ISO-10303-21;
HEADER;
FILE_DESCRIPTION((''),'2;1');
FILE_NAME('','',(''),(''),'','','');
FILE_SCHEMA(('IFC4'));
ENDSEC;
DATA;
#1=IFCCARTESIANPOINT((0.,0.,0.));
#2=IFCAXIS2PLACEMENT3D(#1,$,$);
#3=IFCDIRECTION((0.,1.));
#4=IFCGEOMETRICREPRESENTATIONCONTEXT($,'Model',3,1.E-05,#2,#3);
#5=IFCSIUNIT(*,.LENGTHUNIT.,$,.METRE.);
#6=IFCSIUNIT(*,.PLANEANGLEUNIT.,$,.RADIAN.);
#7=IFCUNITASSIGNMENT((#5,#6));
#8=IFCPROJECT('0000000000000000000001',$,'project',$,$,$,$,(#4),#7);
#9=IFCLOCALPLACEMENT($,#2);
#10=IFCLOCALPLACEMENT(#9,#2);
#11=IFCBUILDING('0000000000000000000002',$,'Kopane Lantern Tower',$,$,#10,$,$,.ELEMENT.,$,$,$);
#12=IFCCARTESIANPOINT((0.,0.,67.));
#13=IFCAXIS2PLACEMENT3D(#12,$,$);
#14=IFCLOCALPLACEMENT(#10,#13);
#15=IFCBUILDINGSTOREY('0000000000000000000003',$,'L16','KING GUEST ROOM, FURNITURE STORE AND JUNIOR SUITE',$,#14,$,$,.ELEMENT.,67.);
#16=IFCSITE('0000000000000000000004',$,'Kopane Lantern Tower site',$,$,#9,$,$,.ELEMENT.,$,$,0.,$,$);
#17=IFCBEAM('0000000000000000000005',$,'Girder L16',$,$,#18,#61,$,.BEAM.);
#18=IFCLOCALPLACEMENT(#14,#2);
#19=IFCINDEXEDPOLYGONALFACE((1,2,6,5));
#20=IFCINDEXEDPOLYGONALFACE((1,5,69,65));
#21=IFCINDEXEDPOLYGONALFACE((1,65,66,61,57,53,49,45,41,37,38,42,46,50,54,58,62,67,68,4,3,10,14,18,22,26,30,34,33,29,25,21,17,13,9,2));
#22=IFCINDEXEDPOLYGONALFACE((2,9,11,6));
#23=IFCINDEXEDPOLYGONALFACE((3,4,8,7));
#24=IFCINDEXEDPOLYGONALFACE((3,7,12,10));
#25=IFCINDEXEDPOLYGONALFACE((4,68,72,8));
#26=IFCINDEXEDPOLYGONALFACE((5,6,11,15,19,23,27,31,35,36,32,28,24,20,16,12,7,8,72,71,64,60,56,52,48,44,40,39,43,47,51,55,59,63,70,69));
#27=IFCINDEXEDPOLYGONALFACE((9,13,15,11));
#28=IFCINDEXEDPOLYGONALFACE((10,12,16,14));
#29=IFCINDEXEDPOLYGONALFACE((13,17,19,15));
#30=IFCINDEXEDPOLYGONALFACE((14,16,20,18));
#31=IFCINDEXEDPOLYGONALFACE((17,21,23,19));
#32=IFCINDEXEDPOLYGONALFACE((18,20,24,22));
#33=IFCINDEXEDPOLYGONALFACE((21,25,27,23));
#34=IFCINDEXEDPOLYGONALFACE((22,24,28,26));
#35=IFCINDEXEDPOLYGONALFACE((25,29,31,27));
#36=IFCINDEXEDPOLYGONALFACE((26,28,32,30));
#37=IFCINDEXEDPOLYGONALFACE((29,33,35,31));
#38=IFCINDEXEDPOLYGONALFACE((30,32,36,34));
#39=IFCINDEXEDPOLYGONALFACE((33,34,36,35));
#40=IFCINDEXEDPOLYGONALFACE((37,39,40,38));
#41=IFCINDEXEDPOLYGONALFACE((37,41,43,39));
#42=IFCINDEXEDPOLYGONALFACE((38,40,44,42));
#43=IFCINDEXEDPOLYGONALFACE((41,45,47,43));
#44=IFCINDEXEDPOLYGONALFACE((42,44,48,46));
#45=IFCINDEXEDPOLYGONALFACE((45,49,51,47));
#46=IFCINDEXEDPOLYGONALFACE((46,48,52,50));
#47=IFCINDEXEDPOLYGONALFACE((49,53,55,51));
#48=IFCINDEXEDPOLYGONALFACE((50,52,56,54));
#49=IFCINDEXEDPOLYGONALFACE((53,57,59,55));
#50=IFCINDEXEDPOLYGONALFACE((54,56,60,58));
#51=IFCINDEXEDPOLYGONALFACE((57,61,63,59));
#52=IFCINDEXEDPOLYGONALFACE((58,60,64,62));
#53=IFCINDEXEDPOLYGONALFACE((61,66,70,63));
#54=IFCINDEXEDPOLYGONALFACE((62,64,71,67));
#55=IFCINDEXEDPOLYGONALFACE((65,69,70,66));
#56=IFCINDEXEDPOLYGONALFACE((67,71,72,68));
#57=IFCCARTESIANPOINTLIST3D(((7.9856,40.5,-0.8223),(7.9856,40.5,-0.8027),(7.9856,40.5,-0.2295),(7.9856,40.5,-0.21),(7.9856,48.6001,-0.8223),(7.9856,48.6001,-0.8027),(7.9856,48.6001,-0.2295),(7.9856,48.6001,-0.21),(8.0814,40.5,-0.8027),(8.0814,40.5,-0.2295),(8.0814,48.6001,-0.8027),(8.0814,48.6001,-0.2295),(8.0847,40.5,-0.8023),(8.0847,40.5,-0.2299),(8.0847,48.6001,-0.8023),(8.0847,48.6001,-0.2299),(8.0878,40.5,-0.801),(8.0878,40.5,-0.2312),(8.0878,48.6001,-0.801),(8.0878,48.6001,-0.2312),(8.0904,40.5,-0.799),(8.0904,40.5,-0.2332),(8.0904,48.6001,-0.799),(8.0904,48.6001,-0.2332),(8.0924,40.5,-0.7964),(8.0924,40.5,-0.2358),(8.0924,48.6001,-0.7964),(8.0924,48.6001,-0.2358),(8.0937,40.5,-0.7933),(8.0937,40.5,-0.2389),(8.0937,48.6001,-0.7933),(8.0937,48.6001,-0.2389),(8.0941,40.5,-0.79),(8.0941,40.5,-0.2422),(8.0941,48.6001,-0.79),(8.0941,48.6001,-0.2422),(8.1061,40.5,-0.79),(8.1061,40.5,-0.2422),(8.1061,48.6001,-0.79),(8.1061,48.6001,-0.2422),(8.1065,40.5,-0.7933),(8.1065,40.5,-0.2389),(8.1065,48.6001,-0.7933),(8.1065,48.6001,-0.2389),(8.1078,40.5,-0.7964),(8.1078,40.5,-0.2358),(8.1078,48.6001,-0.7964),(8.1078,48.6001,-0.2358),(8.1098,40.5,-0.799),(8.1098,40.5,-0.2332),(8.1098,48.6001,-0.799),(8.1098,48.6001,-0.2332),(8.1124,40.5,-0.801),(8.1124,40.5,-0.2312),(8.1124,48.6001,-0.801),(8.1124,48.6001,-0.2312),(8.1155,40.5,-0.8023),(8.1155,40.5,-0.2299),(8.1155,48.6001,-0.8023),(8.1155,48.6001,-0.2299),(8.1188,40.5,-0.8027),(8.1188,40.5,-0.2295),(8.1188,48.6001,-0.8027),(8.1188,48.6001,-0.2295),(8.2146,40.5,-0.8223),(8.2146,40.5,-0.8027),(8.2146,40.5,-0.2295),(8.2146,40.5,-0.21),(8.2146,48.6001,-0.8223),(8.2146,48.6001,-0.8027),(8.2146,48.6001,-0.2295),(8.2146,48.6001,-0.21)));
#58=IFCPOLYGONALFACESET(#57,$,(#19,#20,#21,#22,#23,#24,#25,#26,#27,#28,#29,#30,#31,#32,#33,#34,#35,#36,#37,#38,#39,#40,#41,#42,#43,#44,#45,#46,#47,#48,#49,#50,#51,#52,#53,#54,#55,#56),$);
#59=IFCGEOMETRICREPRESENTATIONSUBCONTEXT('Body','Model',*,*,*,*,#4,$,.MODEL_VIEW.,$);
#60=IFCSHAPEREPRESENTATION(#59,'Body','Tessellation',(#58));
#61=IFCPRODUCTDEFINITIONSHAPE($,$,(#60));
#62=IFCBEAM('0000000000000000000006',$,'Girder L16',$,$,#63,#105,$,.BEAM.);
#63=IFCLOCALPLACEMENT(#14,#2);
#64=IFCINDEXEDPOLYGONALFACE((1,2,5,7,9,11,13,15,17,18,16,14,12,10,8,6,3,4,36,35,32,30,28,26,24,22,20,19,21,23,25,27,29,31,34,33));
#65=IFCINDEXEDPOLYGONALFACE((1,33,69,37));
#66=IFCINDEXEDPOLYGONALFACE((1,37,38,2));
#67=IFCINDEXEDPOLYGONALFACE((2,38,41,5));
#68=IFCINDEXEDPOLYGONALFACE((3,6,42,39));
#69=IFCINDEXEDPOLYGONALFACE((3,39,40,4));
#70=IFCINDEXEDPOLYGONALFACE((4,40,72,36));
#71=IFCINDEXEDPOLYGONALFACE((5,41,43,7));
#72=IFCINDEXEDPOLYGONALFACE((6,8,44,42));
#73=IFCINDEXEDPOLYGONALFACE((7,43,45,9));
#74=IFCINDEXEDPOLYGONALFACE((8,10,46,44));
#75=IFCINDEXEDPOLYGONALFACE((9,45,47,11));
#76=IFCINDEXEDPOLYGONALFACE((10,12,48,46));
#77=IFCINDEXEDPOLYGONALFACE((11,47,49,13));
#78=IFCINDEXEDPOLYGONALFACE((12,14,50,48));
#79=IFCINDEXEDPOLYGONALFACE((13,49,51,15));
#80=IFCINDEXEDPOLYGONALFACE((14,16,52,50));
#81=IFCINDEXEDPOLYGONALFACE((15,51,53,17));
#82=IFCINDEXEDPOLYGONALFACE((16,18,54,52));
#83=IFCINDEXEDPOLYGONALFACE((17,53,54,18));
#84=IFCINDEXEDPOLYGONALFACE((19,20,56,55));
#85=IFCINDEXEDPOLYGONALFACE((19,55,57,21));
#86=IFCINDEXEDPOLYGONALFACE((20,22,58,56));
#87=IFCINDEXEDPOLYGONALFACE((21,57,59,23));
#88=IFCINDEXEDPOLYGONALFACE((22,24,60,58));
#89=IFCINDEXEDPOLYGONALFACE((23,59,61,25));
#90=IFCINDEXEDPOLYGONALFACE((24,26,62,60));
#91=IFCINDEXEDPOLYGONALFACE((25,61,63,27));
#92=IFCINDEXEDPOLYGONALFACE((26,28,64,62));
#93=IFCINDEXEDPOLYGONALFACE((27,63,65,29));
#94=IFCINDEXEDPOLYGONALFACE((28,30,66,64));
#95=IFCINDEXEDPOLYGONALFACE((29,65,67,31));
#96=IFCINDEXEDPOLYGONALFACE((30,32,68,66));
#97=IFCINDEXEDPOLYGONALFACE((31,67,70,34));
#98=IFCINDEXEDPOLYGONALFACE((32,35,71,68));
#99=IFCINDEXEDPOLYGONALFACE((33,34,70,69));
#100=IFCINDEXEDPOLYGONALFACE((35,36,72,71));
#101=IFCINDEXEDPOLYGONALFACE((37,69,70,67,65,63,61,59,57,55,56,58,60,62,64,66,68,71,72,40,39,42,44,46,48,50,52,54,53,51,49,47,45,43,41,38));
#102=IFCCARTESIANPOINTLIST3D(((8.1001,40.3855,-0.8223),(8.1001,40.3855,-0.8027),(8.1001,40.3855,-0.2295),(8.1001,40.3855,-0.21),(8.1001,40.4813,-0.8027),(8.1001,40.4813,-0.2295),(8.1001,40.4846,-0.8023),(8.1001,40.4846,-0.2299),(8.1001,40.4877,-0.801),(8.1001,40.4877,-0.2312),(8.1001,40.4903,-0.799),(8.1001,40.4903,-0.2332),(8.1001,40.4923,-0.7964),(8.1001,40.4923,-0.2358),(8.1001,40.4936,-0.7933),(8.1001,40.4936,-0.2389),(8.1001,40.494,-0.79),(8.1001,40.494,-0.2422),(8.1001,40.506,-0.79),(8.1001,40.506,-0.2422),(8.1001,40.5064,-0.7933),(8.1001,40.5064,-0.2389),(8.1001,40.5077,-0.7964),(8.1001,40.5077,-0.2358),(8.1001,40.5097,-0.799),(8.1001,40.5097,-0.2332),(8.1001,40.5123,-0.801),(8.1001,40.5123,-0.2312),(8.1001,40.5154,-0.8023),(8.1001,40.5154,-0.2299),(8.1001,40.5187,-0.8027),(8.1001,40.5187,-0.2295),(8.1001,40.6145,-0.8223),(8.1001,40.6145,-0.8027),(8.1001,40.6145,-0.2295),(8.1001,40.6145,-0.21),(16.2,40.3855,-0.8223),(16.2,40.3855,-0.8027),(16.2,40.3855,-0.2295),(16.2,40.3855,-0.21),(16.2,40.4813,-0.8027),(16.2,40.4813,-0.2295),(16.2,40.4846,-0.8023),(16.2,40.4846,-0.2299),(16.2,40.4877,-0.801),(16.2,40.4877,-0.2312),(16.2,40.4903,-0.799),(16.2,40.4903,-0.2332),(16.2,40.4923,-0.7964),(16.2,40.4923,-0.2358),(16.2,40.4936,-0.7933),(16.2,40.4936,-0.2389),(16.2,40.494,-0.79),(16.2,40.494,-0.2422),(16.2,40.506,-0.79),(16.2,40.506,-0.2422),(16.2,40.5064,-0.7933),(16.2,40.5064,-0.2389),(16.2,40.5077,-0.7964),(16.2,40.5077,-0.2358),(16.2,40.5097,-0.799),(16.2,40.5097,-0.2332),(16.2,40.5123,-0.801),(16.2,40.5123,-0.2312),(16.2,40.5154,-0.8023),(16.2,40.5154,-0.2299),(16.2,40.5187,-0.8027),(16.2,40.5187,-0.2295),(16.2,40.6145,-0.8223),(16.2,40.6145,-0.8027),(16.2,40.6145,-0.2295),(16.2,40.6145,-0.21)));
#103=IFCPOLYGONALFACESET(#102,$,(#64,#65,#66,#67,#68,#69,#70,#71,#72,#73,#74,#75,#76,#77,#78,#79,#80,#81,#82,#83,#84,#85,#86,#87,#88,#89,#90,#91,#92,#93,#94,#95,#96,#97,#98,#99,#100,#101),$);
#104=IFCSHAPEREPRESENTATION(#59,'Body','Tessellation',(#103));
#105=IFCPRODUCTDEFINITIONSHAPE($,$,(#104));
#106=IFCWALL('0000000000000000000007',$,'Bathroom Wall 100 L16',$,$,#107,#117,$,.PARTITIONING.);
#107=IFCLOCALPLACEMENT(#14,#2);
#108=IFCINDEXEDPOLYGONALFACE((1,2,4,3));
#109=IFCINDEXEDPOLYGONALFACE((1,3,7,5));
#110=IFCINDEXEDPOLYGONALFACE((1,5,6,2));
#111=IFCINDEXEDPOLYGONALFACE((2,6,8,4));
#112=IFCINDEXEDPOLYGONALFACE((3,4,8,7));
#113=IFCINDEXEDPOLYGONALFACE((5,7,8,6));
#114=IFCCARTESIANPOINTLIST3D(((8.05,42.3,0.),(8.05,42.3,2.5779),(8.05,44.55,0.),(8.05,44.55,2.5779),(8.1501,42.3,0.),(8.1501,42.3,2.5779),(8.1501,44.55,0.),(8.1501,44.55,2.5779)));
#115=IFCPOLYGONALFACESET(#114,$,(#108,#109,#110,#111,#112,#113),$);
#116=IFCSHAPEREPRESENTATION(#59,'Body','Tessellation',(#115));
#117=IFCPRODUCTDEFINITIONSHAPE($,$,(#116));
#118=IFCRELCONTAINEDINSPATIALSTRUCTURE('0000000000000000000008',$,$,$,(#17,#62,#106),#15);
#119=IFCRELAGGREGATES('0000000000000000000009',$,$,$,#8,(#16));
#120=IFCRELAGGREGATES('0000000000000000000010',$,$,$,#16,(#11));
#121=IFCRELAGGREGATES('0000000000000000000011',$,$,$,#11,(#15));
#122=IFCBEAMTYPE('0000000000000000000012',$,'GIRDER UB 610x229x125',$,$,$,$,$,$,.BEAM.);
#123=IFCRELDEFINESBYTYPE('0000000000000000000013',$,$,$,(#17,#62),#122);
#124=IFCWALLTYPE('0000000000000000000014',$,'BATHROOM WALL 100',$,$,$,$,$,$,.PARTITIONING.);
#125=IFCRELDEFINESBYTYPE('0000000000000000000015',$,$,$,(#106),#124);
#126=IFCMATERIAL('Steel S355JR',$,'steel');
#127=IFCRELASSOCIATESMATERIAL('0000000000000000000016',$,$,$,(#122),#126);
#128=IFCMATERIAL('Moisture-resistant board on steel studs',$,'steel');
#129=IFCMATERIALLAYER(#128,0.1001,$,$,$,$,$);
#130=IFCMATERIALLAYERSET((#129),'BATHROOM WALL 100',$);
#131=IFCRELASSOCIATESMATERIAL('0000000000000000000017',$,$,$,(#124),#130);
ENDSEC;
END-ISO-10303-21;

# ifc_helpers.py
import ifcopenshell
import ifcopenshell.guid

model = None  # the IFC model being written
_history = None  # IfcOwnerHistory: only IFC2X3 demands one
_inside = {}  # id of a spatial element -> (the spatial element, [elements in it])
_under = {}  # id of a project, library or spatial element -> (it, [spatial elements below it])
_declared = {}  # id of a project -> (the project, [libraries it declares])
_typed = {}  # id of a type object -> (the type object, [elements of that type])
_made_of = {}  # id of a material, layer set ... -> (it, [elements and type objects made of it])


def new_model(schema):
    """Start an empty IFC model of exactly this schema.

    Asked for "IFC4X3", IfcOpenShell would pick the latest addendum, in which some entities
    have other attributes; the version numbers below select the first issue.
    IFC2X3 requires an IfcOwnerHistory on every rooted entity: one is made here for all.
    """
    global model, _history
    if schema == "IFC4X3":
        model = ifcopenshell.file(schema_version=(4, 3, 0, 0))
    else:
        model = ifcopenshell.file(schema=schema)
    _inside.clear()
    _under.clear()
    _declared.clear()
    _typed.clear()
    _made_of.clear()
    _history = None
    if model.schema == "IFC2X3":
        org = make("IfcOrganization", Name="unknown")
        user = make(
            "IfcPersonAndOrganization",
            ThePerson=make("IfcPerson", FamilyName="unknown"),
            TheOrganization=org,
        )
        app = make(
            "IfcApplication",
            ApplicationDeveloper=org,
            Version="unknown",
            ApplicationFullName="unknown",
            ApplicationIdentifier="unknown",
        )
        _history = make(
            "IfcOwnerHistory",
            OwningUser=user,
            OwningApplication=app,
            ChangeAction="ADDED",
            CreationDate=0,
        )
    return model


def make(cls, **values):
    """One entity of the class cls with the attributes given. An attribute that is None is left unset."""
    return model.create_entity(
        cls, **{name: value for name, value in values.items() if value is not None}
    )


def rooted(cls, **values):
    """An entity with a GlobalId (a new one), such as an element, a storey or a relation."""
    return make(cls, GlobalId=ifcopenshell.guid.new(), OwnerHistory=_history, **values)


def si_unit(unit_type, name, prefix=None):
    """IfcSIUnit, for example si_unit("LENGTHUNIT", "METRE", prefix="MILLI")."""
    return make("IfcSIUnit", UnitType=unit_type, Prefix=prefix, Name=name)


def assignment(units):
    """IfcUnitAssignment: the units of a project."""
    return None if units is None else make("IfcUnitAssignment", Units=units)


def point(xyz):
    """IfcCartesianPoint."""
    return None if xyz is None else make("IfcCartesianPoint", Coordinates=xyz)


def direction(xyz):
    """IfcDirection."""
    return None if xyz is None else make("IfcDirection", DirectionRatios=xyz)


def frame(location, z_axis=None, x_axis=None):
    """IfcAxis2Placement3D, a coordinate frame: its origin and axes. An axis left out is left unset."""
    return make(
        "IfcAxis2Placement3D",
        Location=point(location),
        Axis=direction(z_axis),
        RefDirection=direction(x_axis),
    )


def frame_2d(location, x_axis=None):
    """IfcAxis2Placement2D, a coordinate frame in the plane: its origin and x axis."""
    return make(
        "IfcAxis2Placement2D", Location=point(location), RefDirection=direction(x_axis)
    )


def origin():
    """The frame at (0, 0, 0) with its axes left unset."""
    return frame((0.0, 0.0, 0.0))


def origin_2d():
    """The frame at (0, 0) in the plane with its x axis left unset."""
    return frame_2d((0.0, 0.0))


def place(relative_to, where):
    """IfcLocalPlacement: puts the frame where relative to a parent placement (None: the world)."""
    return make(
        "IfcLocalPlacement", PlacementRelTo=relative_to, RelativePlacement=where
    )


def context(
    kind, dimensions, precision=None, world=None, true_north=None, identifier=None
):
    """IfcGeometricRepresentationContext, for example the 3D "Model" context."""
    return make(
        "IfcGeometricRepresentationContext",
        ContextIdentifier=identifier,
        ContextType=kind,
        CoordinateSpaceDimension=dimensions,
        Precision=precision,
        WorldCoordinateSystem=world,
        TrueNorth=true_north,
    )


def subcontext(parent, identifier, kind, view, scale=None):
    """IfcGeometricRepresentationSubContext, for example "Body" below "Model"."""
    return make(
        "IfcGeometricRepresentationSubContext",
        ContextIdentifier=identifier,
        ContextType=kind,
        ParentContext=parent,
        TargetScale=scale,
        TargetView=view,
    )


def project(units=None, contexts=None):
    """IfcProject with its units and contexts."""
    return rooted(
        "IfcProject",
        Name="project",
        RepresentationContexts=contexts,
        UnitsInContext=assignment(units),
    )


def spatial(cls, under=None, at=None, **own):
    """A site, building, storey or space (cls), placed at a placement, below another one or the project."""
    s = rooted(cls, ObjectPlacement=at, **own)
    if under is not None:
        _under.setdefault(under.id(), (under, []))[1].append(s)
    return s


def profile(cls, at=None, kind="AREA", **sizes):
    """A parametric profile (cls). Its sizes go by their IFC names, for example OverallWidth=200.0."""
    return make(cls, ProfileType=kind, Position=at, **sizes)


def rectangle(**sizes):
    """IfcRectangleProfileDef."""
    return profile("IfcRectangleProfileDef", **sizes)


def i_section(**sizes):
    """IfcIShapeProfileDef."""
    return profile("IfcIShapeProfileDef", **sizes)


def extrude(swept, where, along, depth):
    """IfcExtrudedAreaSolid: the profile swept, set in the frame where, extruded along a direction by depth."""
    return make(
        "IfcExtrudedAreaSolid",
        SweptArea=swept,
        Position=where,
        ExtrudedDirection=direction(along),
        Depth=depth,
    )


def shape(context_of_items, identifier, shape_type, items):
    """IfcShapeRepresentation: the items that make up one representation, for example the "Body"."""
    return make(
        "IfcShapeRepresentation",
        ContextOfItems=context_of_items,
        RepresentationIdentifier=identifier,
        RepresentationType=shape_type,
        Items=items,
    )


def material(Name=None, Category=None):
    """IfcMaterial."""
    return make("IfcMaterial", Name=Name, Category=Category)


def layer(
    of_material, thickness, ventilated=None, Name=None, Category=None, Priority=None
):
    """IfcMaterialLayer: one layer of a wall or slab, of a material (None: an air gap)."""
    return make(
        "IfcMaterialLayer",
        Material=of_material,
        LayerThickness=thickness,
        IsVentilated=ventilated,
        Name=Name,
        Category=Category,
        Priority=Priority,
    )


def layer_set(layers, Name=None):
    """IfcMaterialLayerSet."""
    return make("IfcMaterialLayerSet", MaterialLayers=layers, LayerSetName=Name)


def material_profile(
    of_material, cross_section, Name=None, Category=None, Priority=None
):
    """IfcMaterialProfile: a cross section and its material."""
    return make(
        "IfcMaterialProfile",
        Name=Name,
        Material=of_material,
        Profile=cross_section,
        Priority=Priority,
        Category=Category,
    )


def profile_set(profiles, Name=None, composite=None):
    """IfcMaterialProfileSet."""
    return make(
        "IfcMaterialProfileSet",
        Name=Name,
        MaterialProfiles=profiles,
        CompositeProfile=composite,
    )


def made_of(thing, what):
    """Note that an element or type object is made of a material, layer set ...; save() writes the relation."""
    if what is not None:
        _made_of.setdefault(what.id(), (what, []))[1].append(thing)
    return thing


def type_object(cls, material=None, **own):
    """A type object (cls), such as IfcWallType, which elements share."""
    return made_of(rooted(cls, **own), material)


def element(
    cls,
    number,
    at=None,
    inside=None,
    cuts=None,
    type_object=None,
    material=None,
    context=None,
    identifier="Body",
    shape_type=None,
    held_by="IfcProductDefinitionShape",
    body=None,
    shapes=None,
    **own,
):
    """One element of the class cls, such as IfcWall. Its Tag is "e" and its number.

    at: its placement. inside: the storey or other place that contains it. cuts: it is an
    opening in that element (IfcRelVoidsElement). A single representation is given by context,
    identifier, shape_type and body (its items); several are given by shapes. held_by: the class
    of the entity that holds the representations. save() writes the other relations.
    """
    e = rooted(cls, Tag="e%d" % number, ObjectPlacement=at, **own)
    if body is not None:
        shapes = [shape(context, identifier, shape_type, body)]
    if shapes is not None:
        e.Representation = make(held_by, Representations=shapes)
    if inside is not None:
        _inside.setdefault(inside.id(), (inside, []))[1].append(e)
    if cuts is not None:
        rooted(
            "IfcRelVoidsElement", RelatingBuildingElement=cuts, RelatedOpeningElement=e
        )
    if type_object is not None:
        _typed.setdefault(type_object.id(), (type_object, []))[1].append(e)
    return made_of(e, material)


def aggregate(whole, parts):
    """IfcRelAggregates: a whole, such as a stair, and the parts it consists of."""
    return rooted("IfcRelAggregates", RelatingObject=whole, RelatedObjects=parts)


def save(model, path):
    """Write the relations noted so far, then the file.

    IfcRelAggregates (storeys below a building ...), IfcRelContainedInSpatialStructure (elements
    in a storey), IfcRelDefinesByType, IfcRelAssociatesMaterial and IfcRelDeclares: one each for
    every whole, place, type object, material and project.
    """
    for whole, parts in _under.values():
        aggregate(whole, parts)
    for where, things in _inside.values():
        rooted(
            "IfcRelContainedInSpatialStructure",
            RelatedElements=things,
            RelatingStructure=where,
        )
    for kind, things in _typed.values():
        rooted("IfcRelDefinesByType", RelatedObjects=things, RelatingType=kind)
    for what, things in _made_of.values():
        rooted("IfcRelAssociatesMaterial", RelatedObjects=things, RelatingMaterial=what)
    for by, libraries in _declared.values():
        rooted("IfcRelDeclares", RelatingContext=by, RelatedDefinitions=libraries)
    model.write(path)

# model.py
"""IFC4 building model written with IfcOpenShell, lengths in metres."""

from ifc_helpers import new_model, si_unit, direction, frame, frame_2d, origin, origin_2d, place, context, subcontext, project, spatial, rectangle, i_section, extrude, material, layer, layer_set, material_profile, profile_set, type_object, element, save


model = new_model("IFC4")

# Units and contexts
model_context = context("Model", 3, precision=1e-05, world=origin(), true_north=direction((0.0, 1.0)))
body_context = subcontext(model_context, "Body", "Model", "MODEL_VIEW")
ifc_project = project(units=[si_unit("LENGTHUNIT", "METRE"), si_unit("PLANEANGLEUNIT", "RADIAN")], contexts=[model_context])

# Site, building, storey
site_placement = place(None, origin())
site = spatial("IfcSite", under=ifc_project, at=site_placement, Name="Kopane Lantern Tower site", CompositionType="ELEMENT", RefElevation=0.0)
building_placement = place(site_placement, origin())
building = spatial("IfcBuilding", under=site, at=building_placement, Name="Kopane Lantern Tower", CompositionType="ELEMENT")
storey_placement = place(building_placement, frame((0.0, 0.0, 67.0)))
storey = spatial("IfcBuildingStorey", under=building, at=storey_placement, Name="L16", Description="KING GUEST ROOM, FURNITURE STORE AND JUNIOR SUITE", CompositionType="ELEMENT", Elevation=67.0)

# Beams
ifc_material_1 = material(Name="Steel S355JR", Category="steel")
ifc_material_profile_1 = material_profile(ifc_material_1, i_section(OverallWidth=0.229, OverallDepth=0.6123, WebThickness=0.012, FlangeThickness=0.0195, FilletRadius=0.0127, at=origin_2d()), Name="UB 610x229x125")
ifc_profile_set_1 = profile_set([ifc_material_profile_1], Name="Steel S355JR")
beam_type_1 = type_object("IfcBeamType", Name="GIRDER UB 610x229x125", PredefinedType="BEAM", material=ifc_profile_set_1)
beam_1_placement = place(storey_placement, frame((8.1001, 40.5, -0.5161), z_axis=(0.0, 1.0, 0.0), x_axis=(-1.0, 0.0, 0.0)))
element("IfcBeam", 1, at=beam_1_placement, inside=storey, type_object=beam_type_1, Name="Girder L16", PredefinedType="BEAM", context=body_context, shape_type="SweptSolid", body=[
    extrude(i_section(OverallWidth=0.229, OverallDepth=0.6123, WebThickness=0.012, FlangeThickness=0.0195, FilletRadius=0.0127, at=origin_2d()), origin(), (0.0, 0.0, 1.0), 8.1001),
])
beam_2_placement = place(storey_placement, frame((8.1001, 40.5, -0.5161), z_axis=(1.0, 0.0, 0.0), x_axis=(0.0, 1.0, 0.0)))
element("IfcBeam", 2, at=beam_2_placement, inside=storey, type_object=beam_type_1, Name="Girder L16", PredefinedType="BEAM", context=body_context, shape_type="SweptSolid", body=[
    extrude(i_section(OverallWidth=0.229, OverallDepth=0.6123, WebThickness=0.012, FlangeThickness=0.0195, FilletRadius=0.0127, at=origin_2d()), origin(), (0.0, 0.0, 1.0), 8.0999),
])

# Wall
ifc_material_2 = material(Name="Moisture-resistant board on steel studs", Category="steel")
ifc_layer_1 = layer(ifc_material_2, 0.1001)
ifc_layer_set_1 = layer_set([ifc_layer_1], Name="BATHROOM WALL 100")
wall_type_1 = type_object("IfcWallType", Name="BATHROOM WALL 100", PredefinedType="PARTITIONING", material=ifc_layer_set_1)
wall_1_placement = place(storey_placement, frame((8.1001, 42.3, 0.0), z_axis=(0.0, 0.0, 1.0), x_axis=(0.0, 1.0, 0.0)))
element("IfcWall", 3, at=wall_1_placement, inside=storey, type_object=wall_type_1, Name="Bathroom Wall 100 L16", PredefinedType="PARTITIONING", context=body_context, shape_type="SweptSolid", body=[
    extrude(rectangle(XDim=2.25, YDim=0.1001, at=frame_2d((1.125, 0.0))), origin(), (0.0, 0.0, 1.0), 2.5779),
])

save(model, "model.ifc")
